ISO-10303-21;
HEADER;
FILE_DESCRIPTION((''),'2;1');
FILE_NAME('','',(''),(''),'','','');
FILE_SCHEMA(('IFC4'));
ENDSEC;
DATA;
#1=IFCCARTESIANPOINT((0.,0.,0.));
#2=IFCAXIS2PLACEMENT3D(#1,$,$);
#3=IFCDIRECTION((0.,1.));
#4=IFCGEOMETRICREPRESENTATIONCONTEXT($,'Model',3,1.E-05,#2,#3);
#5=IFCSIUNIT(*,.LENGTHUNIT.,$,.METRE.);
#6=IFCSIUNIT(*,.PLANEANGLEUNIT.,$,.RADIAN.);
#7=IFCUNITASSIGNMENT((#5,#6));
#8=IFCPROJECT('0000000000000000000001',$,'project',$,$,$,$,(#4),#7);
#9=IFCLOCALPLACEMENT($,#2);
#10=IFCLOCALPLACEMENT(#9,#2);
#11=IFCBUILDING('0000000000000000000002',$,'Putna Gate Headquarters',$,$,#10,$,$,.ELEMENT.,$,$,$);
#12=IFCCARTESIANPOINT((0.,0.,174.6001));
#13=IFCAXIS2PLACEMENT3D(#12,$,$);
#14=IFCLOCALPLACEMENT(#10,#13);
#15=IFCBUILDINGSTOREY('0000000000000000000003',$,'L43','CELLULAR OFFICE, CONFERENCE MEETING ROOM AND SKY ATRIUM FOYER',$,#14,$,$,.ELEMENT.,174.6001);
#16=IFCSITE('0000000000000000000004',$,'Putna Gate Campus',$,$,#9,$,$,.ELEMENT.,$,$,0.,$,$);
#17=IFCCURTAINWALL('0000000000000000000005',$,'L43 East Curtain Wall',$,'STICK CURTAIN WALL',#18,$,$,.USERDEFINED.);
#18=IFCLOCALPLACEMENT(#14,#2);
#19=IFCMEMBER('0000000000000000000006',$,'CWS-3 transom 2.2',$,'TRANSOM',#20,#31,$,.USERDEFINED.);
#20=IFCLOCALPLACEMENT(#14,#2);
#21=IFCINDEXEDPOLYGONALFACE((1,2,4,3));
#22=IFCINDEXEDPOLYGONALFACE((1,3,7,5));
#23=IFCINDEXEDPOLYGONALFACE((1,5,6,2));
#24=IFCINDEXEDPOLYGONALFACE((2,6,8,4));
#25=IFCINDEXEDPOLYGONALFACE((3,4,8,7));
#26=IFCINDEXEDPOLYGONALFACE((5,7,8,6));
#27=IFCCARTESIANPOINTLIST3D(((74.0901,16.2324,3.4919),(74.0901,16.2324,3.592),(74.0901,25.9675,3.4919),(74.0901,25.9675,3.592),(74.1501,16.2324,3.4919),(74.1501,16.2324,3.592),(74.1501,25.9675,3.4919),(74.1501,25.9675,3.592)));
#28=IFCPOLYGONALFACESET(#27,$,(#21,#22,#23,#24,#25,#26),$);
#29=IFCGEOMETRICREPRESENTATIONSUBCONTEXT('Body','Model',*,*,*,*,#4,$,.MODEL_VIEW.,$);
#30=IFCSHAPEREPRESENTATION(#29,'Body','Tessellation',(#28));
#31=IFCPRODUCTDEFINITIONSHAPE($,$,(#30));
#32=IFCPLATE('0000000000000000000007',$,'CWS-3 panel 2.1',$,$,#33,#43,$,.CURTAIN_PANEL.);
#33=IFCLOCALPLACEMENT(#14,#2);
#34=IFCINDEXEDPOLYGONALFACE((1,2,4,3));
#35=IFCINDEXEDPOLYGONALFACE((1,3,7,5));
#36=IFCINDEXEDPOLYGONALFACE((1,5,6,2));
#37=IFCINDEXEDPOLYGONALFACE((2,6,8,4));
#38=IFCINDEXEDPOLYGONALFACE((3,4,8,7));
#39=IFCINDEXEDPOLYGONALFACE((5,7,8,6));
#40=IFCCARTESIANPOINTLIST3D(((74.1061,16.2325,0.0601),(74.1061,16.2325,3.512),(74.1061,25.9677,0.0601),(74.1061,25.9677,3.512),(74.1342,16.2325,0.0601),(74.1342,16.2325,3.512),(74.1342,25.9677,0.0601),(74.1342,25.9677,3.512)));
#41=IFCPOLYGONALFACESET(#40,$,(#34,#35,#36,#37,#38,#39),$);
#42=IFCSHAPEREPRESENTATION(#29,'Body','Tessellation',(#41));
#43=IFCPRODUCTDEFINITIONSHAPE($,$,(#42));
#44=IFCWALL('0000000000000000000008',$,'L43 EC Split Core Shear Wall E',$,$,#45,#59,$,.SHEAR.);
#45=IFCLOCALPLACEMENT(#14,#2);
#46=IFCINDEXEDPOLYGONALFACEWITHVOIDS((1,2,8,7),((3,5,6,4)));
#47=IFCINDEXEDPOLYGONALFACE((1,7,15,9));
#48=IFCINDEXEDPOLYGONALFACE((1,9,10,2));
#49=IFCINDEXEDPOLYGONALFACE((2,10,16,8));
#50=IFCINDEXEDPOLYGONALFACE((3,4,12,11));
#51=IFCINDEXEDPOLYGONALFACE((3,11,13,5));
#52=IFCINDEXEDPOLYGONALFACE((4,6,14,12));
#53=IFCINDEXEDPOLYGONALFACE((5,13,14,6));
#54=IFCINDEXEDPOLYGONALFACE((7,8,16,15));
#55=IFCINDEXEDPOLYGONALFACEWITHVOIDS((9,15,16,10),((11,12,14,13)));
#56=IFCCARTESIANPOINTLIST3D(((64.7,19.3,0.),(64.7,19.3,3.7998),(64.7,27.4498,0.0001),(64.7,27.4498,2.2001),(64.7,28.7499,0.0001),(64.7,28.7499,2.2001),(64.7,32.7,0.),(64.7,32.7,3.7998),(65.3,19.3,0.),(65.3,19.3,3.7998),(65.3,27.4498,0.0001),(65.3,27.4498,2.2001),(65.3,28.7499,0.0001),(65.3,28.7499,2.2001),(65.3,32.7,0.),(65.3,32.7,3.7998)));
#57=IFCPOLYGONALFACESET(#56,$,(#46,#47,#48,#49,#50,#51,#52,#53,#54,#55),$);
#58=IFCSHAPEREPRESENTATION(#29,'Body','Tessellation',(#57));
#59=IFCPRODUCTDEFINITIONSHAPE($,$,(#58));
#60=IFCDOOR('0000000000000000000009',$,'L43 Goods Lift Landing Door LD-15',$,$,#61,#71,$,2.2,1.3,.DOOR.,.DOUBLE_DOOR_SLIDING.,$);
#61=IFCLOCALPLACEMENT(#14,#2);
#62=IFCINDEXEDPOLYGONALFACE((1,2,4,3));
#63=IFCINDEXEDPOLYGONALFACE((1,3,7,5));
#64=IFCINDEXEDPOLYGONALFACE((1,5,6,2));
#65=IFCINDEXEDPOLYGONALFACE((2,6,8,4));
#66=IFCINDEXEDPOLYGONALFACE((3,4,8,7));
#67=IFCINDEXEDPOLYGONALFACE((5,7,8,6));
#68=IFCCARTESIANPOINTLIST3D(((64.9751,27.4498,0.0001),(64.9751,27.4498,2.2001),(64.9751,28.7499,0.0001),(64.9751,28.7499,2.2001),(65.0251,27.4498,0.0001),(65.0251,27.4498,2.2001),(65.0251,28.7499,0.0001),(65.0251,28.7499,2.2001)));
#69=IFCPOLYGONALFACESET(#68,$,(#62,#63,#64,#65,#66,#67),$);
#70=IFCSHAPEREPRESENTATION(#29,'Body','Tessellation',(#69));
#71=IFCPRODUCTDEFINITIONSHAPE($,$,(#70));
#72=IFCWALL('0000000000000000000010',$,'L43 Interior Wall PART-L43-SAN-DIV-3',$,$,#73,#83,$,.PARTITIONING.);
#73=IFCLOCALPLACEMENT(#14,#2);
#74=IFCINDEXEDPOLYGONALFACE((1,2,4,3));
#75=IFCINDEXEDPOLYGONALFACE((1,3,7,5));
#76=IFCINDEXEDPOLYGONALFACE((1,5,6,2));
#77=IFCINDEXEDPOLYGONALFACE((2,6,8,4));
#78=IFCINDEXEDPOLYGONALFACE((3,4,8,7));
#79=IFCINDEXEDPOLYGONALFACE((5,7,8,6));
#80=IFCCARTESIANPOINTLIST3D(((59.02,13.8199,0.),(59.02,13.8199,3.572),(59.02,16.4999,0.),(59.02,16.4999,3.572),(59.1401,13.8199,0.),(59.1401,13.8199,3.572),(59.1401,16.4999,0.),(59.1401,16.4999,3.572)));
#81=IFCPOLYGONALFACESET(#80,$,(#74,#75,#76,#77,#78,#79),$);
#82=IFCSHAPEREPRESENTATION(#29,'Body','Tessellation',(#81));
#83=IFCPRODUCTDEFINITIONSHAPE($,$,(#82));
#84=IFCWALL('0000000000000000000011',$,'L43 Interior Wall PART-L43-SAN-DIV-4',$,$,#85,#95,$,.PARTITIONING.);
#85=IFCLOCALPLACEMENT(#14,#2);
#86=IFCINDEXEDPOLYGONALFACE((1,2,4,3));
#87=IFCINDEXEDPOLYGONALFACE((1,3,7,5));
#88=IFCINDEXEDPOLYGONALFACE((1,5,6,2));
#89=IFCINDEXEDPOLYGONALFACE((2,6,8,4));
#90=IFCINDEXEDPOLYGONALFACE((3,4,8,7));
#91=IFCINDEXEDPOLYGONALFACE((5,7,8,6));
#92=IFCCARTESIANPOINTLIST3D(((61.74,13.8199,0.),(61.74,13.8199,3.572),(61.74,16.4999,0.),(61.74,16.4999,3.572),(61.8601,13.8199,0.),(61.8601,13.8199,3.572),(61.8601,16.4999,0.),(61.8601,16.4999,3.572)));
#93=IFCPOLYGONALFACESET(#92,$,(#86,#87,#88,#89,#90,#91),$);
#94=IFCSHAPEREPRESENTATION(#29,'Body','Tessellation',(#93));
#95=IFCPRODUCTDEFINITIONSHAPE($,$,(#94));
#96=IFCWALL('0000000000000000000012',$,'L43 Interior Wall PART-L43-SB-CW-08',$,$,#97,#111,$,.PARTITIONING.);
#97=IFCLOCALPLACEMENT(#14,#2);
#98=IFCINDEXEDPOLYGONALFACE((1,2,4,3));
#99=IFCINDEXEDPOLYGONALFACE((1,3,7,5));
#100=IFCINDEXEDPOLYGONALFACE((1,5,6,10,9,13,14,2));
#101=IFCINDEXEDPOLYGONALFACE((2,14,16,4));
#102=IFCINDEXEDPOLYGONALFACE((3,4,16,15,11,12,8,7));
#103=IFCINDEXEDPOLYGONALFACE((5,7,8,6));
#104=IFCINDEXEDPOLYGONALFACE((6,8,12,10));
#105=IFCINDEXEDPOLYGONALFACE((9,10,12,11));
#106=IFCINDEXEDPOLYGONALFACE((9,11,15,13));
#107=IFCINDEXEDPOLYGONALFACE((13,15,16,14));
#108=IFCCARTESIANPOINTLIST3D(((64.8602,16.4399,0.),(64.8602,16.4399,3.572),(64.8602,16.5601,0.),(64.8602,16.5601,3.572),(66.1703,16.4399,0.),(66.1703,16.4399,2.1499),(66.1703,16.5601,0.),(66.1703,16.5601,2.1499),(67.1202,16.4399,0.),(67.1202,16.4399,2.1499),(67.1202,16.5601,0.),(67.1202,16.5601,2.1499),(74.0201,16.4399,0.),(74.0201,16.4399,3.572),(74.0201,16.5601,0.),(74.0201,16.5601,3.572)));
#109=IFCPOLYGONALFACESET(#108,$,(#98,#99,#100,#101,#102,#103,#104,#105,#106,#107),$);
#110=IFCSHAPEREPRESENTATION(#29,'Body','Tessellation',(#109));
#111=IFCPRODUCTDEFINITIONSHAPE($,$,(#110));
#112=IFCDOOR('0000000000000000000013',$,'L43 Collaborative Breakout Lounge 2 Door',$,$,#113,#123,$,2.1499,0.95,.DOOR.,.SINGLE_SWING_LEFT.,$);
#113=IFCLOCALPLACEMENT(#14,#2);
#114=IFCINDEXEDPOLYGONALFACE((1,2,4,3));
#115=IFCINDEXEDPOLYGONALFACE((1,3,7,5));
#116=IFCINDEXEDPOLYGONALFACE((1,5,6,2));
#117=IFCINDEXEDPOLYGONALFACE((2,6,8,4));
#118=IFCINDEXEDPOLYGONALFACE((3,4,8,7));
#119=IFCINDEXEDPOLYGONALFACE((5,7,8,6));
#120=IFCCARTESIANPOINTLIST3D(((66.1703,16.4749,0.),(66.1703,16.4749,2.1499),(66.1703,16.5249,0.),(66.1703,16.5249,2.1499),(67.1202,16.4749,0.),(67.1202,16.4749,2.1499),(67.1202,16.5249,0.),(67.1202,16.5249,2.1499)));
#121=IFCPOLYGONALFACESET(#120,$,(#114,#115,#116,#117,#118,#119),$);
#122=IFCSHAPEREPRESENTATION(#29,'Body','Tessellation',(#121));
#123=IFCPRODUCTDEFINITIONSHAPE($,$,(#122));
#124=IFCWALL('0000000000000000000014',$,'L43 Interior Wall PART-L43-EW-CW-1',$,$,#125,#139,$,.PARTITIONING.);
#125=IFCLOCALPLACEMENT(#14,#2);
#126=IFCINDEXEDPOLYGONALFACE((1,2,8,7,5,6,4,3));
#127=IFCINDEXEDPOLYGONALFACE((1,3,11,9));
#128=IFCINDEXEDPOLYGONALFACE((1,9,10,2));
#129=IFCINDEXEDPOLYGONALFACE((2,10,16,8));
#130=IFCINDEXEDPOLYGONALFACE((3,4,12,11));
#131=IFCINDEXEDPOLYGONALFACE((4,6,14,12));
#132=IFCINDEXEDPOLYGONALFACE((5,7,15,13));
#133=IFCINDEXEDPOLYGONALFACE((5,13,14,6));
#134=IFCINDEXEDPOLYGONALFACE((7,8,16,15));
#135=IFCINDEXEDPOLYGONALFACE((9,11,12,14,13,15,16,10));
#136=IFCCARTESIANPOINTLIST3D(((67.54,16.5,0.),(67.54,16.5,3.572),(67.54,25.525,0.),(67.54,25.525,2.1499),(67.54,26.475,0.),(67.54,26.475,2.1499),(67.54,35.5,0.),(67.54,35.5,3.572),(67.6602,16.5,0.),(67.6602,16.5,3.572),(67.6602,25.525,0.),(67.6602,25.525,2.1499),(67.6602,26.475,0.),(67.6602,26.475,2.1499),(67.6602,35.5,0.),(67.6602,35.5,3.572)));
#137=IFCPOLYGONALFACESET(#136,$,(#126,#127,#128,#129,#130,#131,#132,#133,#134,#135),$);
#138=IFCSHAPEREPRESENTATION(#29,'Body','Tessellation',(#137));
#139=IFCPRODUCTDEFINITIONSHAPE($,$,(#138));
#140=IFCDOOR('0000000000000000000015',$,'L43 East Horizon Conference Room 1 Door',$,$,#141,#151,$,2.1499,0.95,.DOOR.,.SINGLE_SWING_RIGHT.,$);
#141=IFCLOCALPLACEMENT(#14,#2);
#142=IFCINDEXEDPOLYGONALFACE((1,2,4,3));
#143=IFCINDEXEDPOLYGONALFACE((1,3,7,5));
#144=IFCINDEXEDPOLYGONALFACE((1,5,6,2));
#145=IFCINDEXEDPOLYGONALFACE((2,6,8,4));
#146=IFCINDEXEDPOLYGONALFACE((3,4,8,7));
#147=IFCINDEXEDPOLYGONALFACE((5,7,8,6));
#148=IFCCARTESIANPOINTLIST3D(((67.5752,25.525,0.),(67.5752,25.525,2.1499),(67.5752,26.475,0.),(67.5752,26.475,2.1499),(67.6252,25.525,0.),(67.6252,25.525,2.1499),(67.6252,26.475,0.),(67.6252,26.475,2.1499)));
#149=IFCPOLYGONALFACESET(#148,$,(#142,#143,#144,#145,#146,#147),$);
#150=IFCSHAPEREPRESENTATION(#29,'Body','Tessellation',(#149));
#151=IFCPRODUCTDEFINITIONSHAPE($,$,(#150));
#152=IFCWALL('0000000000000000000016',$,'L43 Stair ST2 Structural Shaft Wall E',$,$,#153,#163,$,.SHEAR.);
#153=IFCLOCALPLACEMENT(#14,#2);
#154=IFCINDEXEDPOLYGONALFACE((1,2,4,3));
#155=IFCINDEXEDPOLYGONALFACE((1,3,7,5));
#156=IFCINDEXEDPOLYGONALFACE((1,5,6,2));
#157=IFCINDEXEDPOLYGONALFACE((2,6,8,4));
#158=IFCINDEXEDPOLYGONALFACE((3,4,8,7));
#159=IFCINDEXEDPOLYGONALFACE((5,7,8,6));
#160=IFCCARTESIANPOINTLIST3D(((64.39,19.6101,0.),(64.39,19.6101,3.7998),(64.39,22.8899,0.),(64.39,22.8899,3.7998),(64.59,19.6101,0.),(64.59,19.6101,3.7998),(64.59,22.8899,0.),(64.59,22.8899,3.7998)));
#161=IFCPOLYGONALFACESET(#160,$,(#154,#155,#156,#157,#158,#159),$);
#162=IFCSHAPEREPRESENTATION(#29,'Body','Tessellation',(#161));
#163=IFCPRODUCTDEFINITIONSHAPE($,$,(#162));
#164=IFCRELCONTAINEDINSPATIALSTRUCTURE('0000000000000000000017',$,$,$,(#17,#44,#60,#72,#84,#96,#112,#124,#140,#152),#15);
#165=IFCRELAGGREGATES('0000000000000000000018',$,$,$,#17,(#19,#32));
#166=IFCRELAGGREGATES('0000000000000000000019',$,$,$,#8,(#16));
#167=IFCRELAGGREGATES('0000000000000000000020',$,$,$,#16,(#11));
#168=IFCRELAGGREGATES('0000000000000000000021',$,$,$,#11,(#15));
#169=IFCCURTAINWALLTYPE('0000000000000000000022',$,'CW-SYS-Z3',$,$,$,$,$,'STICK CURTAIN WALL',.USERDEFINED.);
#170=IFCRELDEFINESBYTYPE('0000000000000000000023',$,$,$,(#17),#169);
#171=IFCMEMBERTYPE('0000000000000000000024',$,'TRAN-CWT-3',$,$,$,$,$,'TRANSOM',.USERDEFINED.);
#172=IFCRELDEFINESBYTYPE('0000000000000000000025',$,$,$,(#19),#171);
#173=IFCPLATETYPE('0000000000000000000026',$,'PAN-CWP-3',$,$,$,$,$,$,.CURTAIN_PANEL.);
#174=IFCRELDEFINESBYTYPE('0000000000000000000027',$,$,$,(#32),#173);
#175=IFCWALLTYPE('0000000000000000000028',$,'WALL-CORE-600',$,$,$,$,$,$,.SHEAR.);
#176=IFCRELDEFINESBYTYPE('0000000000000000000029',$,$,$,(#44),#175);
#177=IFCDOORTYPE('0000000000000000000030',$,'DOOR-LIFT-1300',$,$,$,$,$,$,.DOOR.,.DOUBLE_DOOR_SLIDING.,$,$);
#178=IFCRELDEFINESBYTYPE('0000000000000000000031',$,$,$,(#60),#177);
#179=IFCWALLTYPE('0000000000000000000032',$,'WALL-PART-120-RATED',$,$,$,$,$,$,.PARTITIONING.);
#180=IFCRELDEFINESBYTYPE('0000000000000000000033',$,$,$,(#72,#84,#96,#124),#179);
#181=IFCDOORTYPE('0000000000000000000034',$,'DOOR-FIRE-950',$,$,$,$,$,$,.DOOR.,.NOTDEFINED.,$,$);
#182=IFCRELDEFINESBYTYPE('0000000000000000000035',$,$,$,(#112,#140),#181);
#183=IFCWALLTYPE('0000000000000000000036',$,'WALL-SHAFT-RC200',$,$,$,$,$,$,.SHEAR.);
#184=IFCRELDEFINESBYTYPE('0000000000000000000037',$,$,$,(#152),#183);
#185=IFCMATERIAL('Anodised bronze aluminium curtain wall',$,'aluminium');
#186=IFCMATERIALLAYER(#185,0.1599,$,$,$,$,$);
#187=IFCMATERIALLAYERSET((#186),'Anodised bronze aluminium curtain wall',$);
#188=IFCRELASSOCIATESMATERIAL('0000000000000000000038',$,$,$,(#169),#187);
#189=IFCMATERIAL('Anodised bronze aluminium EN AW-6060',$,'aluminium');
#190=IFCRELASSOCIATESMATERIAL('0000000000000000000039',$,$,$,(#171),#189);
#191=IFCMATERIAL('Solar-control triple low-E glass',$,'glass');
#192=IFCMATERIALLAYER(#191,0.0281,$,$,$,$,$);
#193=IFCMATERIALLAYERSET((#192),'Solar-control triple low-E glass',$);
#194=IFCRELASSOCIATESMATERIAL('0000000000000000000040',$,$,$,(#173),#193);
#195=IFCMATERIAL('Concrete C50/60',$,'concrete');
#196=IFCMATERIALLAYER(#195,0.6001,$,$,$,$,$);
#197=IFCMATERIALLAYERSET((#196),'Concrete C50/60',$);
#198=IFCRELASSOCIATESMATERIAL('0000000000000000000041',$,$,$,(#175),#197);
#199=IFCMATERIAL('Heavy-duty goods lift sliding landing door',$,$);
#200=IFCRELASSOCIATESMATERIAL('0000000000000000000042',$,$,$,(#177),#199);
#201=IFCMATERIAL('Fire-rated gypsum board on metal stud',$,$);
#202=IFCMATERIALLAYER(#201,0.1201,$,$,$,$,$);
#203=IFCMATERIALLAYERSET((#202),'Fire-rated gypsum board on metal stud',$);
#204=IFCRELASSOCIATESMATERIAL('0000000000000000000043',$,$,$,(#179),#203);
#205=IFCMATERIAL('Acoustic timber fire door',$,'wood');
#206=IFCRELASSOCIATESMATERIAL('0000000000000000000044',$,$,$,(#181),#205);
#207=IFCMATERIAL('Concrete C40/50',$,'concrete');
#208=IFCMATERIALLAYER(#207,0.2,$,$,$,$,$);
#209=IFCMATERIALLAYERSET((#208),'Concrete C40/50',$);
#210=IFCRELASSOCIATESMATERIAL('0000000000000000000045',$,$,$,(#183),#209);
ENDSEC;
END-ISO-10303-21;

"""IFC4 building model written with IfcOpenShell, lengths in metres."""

from ifc_helpers import new_model, si_unit, direction, frame, frame_2d, origin, origin_2d, place, context, subcontext, project, spatial, rectangle, extrude, material, layer, layer_set, material_profile, profile_set, type_object, element, fill, aggregate, save


model = new_model("IFC4")

# Units and contexts
model_context = context("Model", 3, precision=1e-05, world=origin(), true_north=direction((0.0, 1.0)))
body_context = subcontext(model_context, "Body", "Model", "MODEL_VIEW")
ifc_project = project(units=[si_unit("LENGTHUNIT", "METRE"), si_unit("PLANEANGLEUNIT", "RADIAN")], contexts=[model_context])

# Site, building, storey
site_placement = place(None, origin())
site = spatial("IfcSite", under=ifc_project, at=site_placement, Name="Putna Gate Campus", CompositionType="ELEMENT", RefElevation=0.0)
building_placement = place(site_placement, origin())
building = spatial("IfcBuilding", under=site, at=building_placement, Name="Putna Gate Headquarters", CompositionType="ELEMENT")
storey_placement = place(building_placement, frame((0.0, 0.0, 174.6001)))
storey = spatial("IfcBuildingStorey", under=building, at=storey_placement, Name="L43", Description="CELLULAR OFFICE, CONFERENCE MEETING ROOM AND SKY ATRIUM FOYER", CompositionType="ELEMENT", Elevation=174.6001)

# Shared definitions
ifc_material_1 = material(Name="Concrete C50/60", Category="concrete")

# Curtain wall, member, plate
ifc_material_2 = material(Name="Anodised bronze aluminium curtain wall", Category="aluminium")
ifc_layer_1 = layer(ifc_material_2, 0.1599)
ifc_layer_set_1 = layer_set([ifc_layer_1], Name="Anodised bronze aluminium curtain wall")
curtain_wall_type = type_object("IfcCurtainWallType", Name="CW-SYS-Z3", ElementType="STICK CURTAIN WALL", PredefinedType="USERDEFINED", material=ifc_layer_set_1)
curtain_wall_placement = place(storey_placement, origin())
curtain_wall = element("IfcCurtainWall", 1, at=curtain_wall_placement, inside=storey, type_object=curtain_wall_type, Name="L43 East Curtain Wall", ObjectType="STICK CURTAIN WALL", PredefinedType="USERDEFINED")
ifc_material_3 = material(Name="Anodised bronze aluminium EN AW-6060", Category="aluminium")
ifc_material_profile_1 = material_profile(ifc_material_3, rectangle(XDim=0.0601, YDim=0.1001, at=origin_2d()), Name="Anodised bronze aluminium EN AW-6060")
ifc_profile_set_1 = profile_set([ifc_material_profile_1], Name="Anodised bronze aluminium EN AW-6060")
member_type_1 = type_object("IfcMemberType", Name="TRAN-CWT-3", ElementType="TRANSOM", PredefinedType="USERDEFINED", material=ifc_profile_set_1)
member_1_placement = place(storey_placement, frame((74.1201, 16.2324, 3.542), z_axis=(0.0, 1.0, 0.0), x_axis=(-1.0, 0.0, 0.0)))
member_1 = element("IfcMember", 2, at=member_1_placement, type_object=member_type_1, Name="CWS-3 transom 2.2", ObjectType="TRANSOM", PredefinedType="USERDEFINED", context=body_context, shape_type="SweptSolid", body=[
    extrude(rectangle(XDim=0.0601, YDim=0.1001, at=origin_2d()), origin(), (0.0, 0.0, 1.0), 9.7351),
])
ifc_material_4 = material(Name="Solar-control triple low-E glass", Category="glass")
ifc_layer_2 = layer(ifc_material_4, 0.0281)
ifc_layer_set_2 = layer_set([ifc_layer_2], Name="Solar-control triple low-E glass")
plate_type = type_object("IfcPlateType", Name="PAN-CWP-3", PredefinedType="CURTAIN_PANEL", material=ifc_layer_set_2)
plate_placement = place(storey_placement, frame((74.1201, 21.1001, 0.0601), z_axis=(0.0, 0.0, 1.0), x_axis=(0.0, 1.0, 0.0)))
plate = element("IfcPlate", 3, at=plate_placement, type_object=plate_type, Name="CWS-3 panel 2.1", PredefinedType="CURTAIN_PANEL", context=body_context, shape_type="SweptSolid", body=[
    extrude(rectangle(XDim=9.7351, YDim=0.0281, at=origin_2d()), origin(), (0.0, 0.0, 1.0), 3.4519),
])
aggregate(curtain_wall, [member_1, plate])

# Wall, opening, door
ifc_layer_3 = layer(ifc_material_1, 0.6001)
ifc_layer_set_3 = layer_set([ifc_layer_3], Name="Concrete C50/60")
wall_type_1 = type_object("IfcWallType", Name="WALL-CORE-600", PredefinedType="SHEAR", material=ifc_layer_set_3)
wall_1_placement = place(storey_placement, frame((65.0, 19.3, 0.0), z_axis=(0.0, 0.0, 1.0), x_axis=(0.0, 1.0, 0.0)))
wall_1 = element("IfcWall", 4, at=wall_1_placement, inside=storey, type_object=wall_type_1, Name="L43 EC Split Core Shear Wall E", PredefinedType="SHEAR", context=body_context, shape_type="SweptSolid", body=[
    extrude(rectangle(XDim=13.3999, YDim=0.6001, at=frame_2d((6.7, 0.0))), origin(), (0.0, 0.0, 1.0), 3.7998),
])
opening_1_placement = place(wall_1_placement, frame((8.1499, 0.0, 0.0)))
opening_1 = element("IfcOpeningElement", 5, at=opening_1_placement, cuts=wall_1, PredefinedType="OPENING", context=body_context, shape_type="SweptSolid", body=[
    extrude(rectangle(XDim=1.3, YDim=2.2, at=frame_2d((0.6499, 1.1001))), frame((0.0, 0.3101, 0.0), z_axis=(0.0, -1.0, 0.0), x_axis=(1.0, 0.0, 0.0)), (0.0, 0.0, 1.0), 0.6201),
])
ifc_material_5 = material(Name="Heavy-duty goods lift sliding landing door")
door_type_1 = type_object("IfcDoorType", Name="DOOR-LIFT-1300", OperationType="DOUBLE_DOOR_SLIDING", PredefinedType="DOOR", material=ifc_material_5)
door_1_placement = place(opening_1_placement, origin())
door_1 = element("IfcDoor", 6, at=door_1_placement, inside=storey, type_object=door_type_1, Name="L43 Goods Lift Landing Door LD-15", OperationType="DOUBLE_DOOR_SLIDING", OverallHeight=2.2, OverallWidth=1.3, PredefinedType="DOOR", context=body_context, shape_type="SweptSolid", body=[
    extrude(rectangle(XDim=1.3, YDim=2.2, at=frame_2d((0.6499, 1.1001))), frame((0.0, 0.0249, 0.0), z_axis=(0.0, -1.0, 0.0), x_axis=(1.0, 0.0, 0.0)), (0.0, 0.0, 1.0), 0.05),
])
fill(opening_1, door_1)

# Walls
ifc_material_6 = material(Name="Fire-rated gypsum board on metal stud")
ifc_layer_4 = layer(ifc_material_6, 0.1201)
ifc_layer_set_4 = layer_set([ifc_layer_4], Name="Fire-rated gypsum board on metal stud")
wall_type_2 = type_object("IfcWallType", Name="WALL-PART-120-RATED", PredefinedType="PARTITIONING", material=ifc_layer_set_4)
for number, where, z_axis, x_axis, name in (
    (7, (59.0801, 13.8201, 0.0), (0.0, 0.0, 1.0), (0.0, 1.0, 0.0), "L43 Interior Wall PART-L43-SAN-DIV-3"),
    (8, (61.8, 13.8201, 0.0), (0.0, 0.0, 1.0), (0.0, 1.0, 0.0), "L43 Interior Wall PART-L43-SAN-DIV-4"),
):
    element("IfcWall", number, at=place(storey_placement, frame(where, z_axis=z_axis, x_axis=x_axis)), inside=storey, type_object=wall_type_2, Name=name, PredefinedType="PARTITIONING", context=body_context, shape_type="SweptSolid", body=[
        extrude(rectangle(XDim=2.6799, YDim=0.1201, at=frame_2d((1.3398, 0.0))), origin(), (0.0, 0.0, 1.0), 3.572),
    ])

# Walls, openings, doors
wall_2_placement = place(storey_placement, frame((64.8601, 16.5, 0.0), z_axis=(0.0, 0.0, 1.0), x_axis=(1.0, 0.0, 0.0)))
wall_2 = element("IfcWall", 9, at=wall_2_placement, inside=storey, type_object=wall_type_2, Name="L43 Interior Wall PART-L43-SB-CW-08", PredefinedType="PARTITIONING", context=body_context, shape_type="SweptSolid", body=[
    extrude(rectangle(XDim=9.1599, YDim=0.1201, at=frame_2d((4.5801, 0.0))), origin(), (0.0, 0.0, 1.0), 3.572),
])
opening_2_placement = place(wall_2_placement, frame((1.3101, 0.0, 0.0)))
opening_2 = element("IfcOpeningElement", 10, at=opening_2_placement, cuts=wall_2, PredefinedType="OPENING", context=body_context, shape_type="SweptSolid", body=[
    extrude(rectangle(XDim=0.95, YDim=2.1499, at=frame_2d((0.4751, 1.075))), frame((0.0, 0.0701, 0.0), z_axis=(0.0, -1.0, 0.0), x_axis=(1.0, 0.0, 0.0)), (0.0, 0.0, 1.0), 0.1401),
])
ifc_material_7 = material(Name="Acoustic timber fire door", Category="wood")
door_type_2 = type_object("IfcDoorType", Name="DOOR-FIRE-950", OperationType="NOTDEFINED", PredefinedType="DOOR", material=ifc_material_7)
door_2_placement = place(opening_2_placement, origin())
door_2 = element("IfcDoor", 11, at=door_2_placement, inside=storey, type_object=door_type_2, Name="L43 Collaborative Breakout Lounge 2 Door", OperationType="SINGLE_SWING_LEFT", OverallHeight=2.1499, OverallWidth=0.95, PredefinedType="DOOR", context=body_context, shape_type="SweptSolid", body=[
    extrude(rectangle(XDim=0.95, YDim=2.1499, at=frame_2d((0.4751, 1.075))), frame((0.0, 0.0249, 0.0), z_axis=(0.0, -1.0, 0.0), x_axis=(1.0, 0.0, 0.0)), (0.0, 0.0, 1.0), 0.05),
])
fill(opening_2, door_2)
wall_3_placement = place(storey_placement, frame((67.6001, 16.5, 0.0), z_axis=(0.0, 0.0, 1.0), x_axis=(0.0, 1.0, 0.0)))
wall_3 = element("IfcWall", 12, at=wall_3_placement, inside=storey, type_object=wall_type_2, Name="L43 Interior Wall PART-L43-EW-CW-1", PredefinedType="PARTITIONING", context=body_context, shape_type="SweptSolid", body=[
    extrude(rectangle(XDim=19.0, YDim=0.1201, at=frame_2d((9.5, 0.0))), origin(), (0.0, 0.0, 1.0), 3.572),
])
opening_3_placement = place(wall_3_placement, frame((9.0249, 0.0, 0.0)))
opening_3 = element("IfcOpeningElement", 13, at=opening_3_placement, cuts=wall_3, PredefinedType="OPENING", context=body_context, shape_type="SweptSolid", body=[
    extrude(rectangle(XDim=0.95, YDim=2.1499, at=frame_2d((0.4751, 1.075))), frame((0.0, 0.0701, 0.0), z_axis=(0.0, -1.0, 0.0), x_axis=(1.0, 0.0, 0.0)), (0.0, 0.0, 1.0), 0.1401),
])
door_3_placement = place(opening_3_placement, origin())
door_3 = element("IfcDoor", 14, at=door_3_placement, inside=storey, type_object=door_type_2, Name="L43 East Horizon Conference Room 1 Door", OperationType="SINGLE_SWING_RIGHT", OverallHeight=2.1499, OverallWidth=0.95, PredefinedType="DOOR", context=body_context, shape_type="SweptSolid", body=[
    extrude(rectangle(XDim=0.95, YDim=2.1499, at=frame_2d((0.4751, 1.075))), frame((0.0, 0.0249, 0.0), z_axis=(0.0, -1.0, 0.0), x_axis=(1.0, 0.0, 0.0)), (0.0, 0.0, 1.0), 0.05),
])
fill(opening_3, door_3)

# Wall
ifc_material_8 = material(Name="Concrete C40/50", Category="concrete")
ifc_layer_5 = layer(ifc_material_8, 0.2)
ifc_layer_set_5 = layer_set([ifc_layer_5], Name="Concrete C40/50")
wall_type_3 = type_object("IfcWallType", Name="WALL-SHAFT-RC200", PredefinedType="SHEAR", material=ifc_layer_set_5)
wall_4_placement = place(storey_placement, frame((64.49, 19.6101, 0.0), z_axis=(0.0, 0.0, 1.0), x_axis=(0.0, 1.0, 0.0)))
element("IfcWall", 15, at=wall_4_placement, inside=storey, type_object=wall_type_3, Name="L43 Stair ST2 Structural Shaft Wall E", PredefinedType="SHEAR", context=body_context, shape_type="SweptSolid", body=[
    extrude(rectangle(XDim=3.2798, YDim=0.2, at=frame_2d((1.6399, 0.0))), origin(), (0.0, 0.0, 1.0), 3.7998),
])

save(model, "model.ifc")
